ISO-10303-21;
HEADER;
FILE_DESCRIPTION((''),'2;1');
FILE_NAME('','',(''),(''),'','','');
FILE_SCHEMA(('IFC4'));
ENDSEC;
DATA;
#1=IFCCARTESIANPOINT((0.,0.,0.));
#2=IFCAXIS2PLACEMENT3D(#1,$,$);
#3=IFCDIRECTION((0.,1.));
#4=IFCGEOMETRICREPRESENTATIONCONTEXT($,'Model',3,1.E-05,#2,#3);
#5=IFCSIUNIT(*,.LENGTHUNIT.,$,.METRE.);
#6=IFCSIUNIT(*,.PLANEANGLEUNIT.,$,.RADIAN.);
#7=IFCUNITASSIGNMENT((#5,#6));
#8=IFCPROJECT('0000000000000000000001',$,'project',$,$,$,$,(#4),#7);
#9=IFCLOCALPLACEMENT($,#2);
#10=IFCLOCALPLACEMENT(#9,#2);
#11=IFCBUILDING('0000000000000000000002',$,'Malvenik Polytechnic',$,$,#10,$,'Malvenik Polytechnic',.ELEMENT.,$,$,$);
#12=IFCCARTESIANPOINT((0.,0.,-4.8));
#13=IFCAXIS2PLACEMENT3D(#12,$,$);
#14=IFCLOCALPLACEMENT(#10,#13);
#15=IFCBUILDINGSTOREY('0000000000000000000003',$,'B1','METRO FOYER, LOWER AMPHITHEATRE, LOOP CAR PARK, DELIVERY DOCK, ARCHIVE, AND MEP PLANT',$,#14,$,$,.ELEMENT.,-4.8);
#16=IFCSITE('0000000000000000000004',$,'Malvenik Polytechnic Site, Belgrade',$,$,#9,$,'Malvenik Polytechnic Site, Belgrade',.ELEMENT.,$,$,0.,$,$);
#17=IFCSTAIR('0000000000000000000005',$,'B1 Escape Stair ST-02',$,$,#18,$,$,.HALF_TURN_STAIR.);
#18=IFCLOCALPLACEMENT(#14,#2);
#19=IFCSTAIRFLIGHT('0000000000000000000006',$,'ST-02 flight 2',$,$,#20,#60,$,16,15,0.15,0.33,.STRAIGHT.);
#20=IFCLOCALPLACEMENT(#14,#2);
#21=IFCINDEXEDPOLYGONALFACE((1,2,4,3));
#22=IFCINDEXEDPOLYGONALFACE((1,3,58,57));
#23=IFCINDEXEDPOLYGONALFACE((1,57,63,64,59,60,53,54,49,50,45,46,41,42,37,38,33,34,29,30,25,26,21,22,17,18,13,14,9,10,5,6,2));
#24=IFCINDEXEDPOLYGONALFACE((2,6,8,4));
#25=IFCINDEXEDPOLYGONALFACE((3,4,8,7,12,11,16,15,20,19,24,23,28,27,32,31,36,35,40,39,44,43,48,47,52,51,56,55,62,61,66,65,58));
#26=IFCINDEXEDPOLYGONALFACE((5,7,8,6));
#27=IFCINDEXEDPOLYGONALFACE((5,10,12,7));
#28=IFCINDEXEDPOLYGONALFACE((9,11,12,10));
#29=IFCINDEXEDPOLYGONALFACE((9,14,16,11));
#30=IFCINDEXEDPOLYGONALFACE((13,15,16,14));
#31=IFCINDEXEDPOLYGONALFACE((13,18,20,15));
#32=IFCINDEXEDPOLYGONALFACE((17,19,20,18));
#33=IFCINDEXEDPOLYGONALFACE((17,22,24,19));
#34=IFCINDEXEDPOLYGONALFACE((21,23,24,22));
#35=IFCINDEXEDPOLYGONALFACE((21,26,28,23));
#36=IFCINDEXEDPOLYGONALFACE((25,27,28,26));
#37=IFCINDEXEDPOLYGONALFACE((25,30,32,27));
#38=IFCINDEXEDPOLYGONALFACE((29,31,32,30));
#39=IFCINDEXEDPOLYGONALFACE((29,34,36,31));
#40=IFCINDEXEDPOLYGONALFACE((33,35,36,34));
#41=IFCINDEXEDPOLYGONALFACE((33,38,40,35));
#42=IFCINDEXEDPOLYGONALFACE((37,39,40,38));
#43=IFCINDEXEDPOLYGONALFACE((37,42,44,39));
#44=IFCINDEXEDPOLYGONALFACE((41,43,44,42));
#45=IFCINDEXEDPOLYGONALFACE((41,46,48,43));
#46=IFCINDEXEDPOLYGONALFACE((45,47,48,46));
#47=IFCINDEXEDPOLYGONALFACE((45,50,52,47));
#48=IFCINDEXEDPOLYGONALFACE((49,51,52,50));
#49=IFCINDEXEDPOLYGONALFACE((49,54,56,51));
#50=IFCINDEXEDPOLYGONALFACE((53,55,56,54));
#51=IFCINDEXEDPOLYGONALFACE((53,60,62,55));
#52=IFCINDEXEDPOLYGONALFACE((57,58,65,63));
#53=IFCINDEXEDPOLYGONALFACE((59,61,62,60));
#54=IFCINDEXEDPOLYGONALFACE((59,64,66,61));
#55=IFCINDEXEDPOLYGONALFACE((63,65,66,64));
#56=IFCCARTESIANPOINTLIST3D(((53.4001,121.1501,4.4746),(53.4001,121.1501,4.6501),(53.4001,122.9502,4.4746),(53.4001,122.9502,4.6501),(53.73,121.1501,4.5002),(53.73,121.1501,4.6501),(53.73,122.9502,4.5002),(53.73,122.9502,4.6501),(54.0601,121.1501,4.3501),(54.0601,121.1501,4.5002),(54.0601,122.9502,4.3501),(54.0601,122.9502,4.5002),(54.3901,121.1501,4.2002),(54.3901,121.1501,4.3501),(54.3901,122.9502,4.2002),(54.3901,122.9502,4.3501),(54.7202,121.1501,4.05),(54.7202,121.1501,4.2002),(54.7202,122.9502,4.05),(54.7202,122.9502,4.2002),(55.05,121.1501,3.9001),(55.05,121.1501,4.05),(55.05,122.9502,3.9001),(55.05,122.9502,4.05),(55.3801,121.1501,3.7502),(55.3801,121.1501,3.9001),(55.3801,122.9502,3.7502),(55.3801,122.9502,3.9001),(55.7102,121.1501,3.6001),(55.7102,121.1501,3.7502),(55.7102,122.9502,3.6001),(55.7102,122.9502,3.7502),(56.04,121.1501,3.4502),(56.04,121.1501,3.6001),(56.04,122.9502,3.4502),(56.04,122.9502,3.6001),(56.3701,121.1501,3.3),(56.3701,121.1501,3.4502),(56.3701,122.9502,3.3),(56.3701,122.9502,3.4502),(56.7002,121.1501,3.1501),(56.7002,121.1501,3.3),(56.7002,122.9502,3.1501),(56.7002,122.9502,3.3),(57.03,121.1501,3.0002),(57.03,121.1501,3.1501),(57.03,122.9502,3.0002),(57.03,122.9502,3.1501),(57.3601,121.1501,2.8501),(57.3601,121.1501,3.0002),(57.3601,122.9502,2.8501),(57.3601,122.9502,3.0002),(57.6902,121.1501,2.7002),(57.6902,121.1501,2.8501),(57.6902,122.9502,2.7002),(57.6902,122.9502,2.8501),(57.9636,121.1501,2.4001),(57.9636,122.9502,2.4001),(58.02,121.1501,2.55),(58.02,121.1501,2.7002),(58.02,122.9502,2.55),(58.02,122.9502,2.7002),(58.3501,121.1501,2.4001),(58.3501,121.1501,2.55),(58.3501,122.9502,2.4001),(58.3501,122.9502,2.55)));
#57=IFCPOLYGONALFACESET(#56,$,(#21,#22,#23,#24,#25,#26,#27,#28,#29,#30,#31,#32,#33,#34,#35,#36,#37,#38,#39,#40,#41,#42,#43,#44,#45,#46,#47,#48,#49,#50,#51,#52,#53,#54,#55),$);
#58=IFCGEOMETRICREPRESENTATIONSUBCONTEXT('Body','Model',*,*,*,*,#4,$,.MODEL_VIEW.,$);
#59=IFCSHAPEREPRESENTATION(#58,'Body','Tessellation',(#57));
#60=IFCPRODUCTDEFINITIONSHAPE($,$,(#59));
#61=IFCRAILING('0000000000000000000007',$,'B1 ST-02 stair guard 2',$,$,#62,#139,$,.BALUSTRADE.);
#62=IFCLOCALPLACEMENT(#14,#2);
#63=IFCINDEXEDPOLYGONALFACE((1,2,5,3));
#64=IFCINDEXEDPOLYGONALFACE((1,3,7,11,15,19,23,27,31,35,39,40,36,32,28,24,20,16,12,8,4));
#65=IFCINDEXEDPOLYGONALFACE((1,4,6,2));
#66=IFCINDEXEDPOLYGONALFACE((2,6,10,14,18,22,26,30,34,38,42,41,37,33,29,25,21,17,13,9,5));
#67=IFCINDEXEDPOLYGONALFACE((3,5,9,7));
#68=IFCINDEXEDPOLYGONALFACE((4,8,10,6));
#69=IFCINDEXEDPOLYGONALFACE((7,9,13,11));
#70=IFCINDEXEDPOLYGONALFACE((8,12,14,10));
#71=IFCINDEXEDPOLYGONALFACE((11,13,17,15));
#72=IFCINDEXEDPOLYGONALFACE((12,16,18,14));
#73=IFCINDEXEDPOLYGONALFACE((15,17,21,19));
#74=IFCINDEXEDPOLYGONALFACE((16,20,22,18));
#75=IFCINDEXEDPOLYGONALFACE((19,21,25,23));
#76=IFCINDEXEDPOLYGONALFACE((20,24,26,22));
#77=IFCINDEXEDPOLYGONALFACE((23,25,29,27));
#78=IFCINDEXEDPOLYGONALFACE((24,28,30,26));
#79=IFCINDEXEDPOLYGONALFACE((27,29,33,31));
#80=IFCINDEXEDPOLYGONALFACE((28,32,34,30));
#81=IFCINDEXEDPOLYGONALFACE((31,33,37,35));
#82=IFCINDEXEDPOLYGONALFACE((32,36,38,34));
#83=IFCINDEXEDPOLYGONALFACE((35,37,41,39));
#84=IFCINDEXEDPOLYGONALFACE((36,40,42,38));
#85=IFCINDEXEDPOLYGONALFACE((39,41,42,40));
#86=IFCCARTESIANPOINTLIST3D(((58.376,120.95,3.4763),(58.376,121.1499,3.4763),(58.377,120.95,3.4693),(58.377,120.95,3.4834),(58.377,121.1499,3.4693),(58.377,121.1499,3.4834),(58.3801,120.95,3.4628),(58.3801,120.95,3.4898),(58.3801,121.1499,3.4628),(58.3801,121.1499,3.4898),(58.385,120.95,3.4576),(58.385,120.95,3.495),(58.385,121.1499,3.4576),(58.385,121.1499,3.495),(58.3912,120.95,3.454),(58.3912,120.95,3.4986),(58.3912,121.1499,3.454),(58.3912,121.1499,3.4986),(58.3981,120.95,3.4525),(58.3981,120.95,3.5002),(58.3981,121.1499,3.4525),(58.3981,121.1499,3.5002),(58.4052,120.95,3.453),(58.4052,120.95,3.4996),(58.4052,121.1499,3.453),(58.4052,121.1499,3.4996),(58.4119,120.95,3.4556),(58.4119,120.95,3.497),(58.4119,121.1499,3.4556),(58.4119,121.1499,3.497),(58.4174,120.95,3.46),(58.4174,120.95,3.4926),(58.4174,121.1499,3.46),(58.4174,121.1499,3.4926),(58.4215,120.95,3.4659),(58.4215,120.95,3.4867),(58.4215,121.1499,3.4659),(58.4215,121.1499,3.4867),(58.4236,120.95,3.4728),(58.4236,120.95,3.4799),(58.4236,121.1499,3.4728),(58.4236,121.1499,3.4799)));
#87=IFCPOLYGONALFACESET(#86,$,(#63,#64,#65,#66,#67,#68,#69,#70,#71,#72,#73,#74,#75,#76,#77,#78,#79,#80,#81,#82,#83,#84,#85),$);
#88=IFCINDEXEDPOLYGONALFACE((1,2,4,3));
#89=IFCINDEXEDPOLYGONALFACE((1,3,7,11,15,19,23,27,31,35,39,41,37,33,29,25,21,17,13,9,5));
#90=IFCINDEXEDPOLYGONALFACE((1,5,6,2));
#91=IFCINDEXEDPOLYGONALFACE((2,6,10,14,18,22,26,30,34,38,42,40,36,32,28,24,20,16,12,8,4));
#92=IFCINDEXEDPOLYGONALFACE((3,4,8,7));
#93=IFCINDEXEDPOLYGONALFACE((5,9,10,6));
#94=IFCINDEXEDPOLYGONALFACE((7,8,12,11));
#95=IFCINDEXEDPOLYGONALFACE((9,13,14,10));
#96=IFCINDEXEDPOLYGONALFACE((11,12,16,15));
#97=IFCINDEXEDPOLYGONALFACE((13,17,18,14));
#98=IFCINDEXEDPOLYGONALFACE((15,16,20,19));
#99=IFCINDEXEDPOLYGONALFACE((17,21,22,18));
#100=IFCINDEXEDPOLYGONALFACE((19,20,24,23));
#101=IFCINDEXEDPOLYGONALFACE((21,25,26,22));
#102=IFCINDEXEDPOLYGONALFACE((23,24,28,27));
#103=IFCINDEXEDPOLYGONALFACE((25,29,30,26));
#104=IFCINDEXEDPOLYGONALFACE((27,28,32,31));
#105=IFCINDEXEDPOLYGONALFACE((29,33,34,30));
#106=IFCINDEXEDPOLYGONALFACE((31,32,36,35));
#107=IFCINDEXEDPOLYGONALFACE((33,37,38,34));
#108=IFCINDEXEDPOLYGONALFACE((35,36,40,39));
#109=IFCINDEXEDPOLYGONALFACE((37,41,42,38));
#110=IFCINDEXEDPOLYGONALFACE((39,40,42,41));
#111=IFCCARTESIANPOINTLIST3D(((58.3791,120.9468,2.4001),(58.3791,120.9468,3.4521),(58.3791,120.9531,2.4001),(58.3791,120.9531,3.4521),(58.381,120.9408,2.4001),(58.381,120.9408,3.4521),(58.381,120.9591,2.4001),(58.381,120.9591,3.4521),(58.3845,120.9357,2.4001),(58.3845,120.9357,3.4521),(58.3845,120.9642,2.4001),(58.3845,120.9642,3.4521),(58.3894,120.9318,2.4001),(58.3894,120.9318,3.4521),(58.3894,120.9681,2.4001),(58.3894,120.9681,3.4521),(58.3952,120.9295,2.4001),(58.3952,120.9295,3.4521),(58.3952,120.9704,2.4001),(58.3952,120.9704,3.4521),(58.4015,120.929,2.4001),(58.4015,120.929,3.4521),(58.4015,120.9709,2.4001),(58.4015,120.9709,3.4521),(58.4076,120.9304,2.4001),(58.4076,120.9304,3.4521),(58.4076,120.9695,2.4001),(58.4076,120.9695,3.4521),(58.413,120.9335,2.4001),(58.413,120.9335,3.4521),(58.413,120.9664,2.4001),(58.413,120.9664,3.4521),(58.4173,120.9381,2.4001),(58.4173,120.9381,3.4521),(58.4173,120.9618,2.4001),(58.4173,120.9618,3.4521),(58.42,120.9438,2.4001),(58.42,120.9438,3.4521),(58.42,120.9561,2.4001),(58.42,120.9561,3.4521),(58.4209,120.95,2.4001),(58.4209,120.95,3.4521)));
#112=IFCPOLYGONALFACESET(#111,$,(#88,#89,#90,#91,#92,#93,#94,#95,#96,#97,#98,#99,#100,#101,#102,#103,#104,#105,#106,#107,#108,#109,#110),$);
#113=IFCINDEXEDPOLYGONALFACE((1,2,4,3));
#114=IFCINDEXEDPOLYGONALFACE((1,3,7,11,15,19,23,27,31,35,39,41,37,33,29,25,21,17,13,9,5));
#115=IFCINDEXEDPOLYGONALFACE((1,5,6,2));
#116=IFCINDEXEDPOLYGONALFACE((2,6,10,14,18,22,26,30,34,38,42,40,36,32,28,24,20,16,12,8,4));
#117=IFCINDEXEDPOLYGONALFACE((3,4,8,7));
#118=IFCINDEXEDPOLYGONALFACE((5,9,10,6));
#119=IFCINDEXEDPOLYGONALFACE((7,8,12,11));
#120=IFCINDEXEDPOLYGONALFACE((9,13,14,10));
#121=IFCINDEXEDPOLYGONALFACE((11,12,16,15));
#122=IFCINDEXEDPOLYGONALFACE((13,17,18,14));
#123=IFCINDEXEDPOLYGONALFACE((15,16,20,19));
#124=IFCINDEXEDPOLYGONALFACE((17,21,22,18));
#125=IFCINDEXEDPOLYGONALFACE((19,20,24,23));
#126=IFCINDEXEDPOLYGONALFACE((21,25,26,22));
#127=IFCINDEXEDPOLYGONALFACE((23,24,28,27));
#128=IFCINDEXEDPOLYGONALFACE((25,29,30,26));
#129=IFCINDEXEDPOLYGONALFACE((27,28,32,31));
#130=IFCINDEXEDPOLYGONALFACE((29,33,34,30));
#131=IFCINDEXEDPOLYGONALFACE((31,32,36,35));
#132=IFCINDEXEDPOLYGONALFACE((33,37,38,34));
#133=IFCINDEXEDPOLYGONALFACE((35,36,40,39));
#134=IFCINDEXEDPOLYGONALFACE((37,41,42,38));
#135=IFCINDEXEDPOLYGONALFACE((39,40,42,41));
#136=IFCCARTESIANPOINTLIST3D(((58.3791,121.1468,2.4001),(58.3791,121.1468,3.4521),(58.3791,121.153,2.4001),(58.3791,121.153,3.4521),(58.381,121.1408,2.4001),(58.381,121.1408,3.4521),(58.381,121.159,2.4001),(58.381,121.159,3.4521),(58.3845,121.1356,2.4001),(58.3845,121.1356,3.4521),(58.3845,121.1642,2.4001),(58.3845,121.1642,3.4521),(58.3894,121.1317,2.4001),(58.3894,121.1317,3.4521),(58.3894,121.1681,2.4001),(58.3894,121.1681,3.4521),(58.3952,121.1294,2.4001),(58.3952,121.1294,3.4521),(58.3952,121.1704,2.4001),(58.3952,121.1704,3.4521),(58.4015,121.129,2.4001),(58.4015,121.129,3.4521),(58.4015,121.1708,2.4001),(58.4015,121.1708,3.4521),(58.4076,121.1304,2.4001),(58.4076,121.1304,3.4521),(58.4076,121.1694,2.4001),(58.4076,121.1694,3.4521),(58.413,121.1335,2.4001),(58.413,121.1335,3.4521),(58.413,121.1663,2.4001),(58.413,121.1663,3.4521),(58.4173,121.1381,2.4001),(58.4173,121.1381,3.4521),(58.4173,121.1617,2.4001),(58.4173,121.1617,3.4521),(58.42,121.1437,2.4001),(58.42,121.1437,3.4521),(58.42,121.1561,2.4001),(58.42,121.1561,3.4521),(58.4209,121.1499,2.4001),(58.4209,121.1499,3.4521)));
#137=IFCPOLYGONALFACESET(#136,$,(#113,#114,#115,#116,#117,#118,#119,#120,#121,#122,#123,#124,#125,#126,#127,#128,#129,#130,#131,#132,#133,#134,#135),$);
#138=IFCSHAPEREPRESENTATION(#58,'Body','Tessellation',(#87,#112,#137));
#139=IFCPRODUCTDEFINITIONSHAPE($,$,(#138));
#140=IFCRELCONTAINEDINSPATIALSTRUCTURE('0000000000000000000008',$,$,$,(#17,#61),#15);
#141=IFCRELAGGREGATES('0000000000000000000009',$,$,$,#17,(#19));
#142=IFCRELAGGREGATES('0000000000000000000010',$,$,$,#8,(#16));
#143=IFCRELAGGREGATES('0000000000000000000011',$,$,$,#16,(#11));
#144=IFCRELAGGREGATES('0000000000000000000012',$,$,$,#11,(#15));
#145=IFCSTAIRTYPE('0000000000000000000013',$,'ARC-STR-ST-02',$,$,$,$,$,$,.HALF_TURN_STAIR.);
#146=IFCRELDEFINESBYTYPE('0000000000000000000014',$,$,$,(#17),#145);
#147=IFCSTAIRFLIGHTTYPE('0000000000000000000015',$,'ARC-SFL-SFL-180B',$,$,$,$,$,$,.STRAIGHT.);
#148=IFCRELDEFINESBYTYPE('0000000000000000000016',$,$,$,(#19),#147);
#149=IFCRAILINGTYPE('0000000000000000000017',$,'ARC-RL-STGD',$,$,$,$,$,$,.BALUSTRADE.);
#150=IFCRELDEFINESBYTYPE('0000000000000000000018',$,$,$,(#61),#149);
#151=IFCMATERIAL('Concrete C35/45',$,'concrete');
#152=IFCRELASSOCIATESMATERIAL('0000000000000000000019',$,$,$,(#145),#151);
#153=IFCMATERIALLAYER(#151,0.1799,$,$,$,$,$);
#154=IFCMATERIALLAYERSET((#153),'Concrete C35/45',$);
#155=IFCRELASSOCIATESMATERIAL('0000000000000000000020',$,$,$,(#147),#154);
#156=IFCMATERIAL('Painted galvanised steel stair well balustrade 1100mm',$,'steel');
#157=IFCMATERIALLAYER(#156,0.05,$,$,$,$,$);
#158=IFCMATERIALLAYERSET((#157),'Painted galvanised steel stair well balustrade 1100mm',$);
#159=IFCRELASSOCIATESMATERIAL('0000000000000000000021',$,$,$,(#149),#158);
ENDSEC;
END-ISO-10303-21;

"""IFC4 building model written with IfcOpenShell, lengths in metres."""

from ifc_helpers import new_model, si_unit, direction, frame, origin, origin_2d, place, context, subcontext, project, spatial, polyline, circle, outline, extrude, material, layer, layer_set, type_object, element, aggregate, save


model = new_model("IFC4")

# Units and contexts
model_context = context("Model", 3, precision=1e-05, world=origin(), true_north=direction((0.0, 1.0)))
body_context = subcontext(model_context, "Body", "Model", "MODEL_VIEW")
ifc_project = project(units=[si_unit("LENGTHUNIT", "METRE"), si_unit("PLANEANGLEUNIT", "RADIAN")], contexts=[model_context])

# Site, building, storey
site_placement = place(None, origin())
site = spatial("IfcSite", under=ifc_project, at=site_placement, Name="Malvenik Polytechnic Site, Belgrade", LongName="Malvenik Polytechnic Site, Belgrade", CompositionType="ELEMENT", RefElevation=0.0)
building_placement = place(site_placement, origin())
building = spatial("IfcBuilding", under=site, at=building_placement, Name="Malvenik Polytechnic", LongName="Malvenik Polytechnic", CompositionType="ELEMENT")
storey_placement = place(building_placement, frame((0.0, 0.0, -4.8)))
storey = spatial("IfcBuildingStorey", under=building, at=storey_placement, Name="B1", Description="METRO FOYER, LOWER AMPHITHEATRE, LOOP CAR PARK, DELIVERY DOCK, ARCHIVE, AND MEP PLANT", CompositionType="ELEMENT", Elevation=-4.8)

# Shared definitions
ifc_material_1 = material(Name="Concrete C35/45", Category="concrete")

# Stair, stair flight
stair_type = type_object("IfcStairType", Name="ARC-STR-ST-02", PredefinedType="HALF_TURN_STAIR", material=ifc_material_1)
stair_placement = place(storey_placement, origin())
stair = element("IfcStair", 1, at=stair_placement, inside=storey, type_object=stair_type, Name="B1 Escape Stair ST-02", PredefinedType="HALF_TURN_STAIR")
ifc_layer_1 = layer(ifc_material_1, 0.1799)
ifc_layer_set_1 = layer_set([ifc_layer_1], Name="Concrete C35/45")
stair_flight_type = type_object("IfcStairFlightType", Name="ARC-SFL-SFL-180B", PredefinedType="STRAIGHT", material=ifc_layer_set_1)
stair_flight_placement = place(storey_placement, frame((58.3501, 122.05, 2.4001), z_axis=(0.0, 0.0, 1.0), x_axis=(-1.0, 0.0, 0.0)))
stair_flight = element("IfcStairFlight", 2, at=stair_flight_placement, type_object=stair_flight_type, Name="ST-02 flight 2", NumberOfRisers=16, NumberOfTreads=15, PredefinedType="STRAIGHT", RiserHeight=0.15, TreadLength=0.33, context=body_context, shape_type="SweptSolid", body=[
    extrude(outline(polyline([(0.0, 0.0), (0.0, 0.1499), (0.3301, 0.1499), (0.3301, 0.3), (0.6599, 0.3), (0.6599, 0.45), (0.99, 0.45), (0.99, 0.6001), (1.3201, 0.6001), (1.3201, 0.75), (1.6499, 0.75), (1.6499, 0.8999), (1.98, 0.8999), (1.98, 1.05), (2.3101, 1.05), (2.3101, 1.2), (2.6399, 1.2), (2.6399, 1.3501), (2.97, 1.3501), (2.97, 1.5), (3.3, 1.5), (3.3, 1.6499), (3.6299, 1.6499), (3.6299, 1.8), (3.96, 1.8), (3.96, 1.95), (4.29, 1.95), (4.29, 2.1001), (4.6201, 2.1001), (4.6201, 2.25), (4.95, 2.25), (4.95, 2.3999), (4.95, 2.0745), (0.3865, 0.0), (0.0, 0.0)])), frame((0.0, 0.8999, 0.0), z_axis=(0.0, -1.0, 0.0), x_axis=(1.0, 0.0, 0.0)), (0.0, 0.0, 1.0), 1.8),
])
aggregate(stair, [stair_flight])

# Railing
ifc_material_2 = material(Name="Painted galvanised steel stair well balustrade 1100mm", Category="steel")
ifc_layer_2 = layer(ifc_material_2, 0.05)
ifc_layer_set_2 = layer_set([ifc_layer_2], Name="Painted galvanised steel stair well balustrade 1100mm")
railing_type_1 = type_object("IfcRailingType", Name="ARC-RL-STGD", PredefinedType="BALUSTRADE", material=ifc_layer_set_2)
railing_1_placement = place(storey_placement, frame((58.3999, 120.95, 2.4001)))
element("IfcRailing", 3, at=railing_1_placement, inside=storey, type_object=railing_type_1, Name="B1 ST-02 stair guard 2", PredefinedType="BALUSTRADE", context=body_context, shape_type="SweptSolid", body=[
    extrude(circle(Radius=0.0239, at=origin_2d()), frame((0.0, 0.0, 1.0762), z_axis=(0.0, 1.0, 0.0), x_axis=(-1.0, 0.0, 0.0)), (0.0, 0.0, 1.0), 0.2),
    extrude(circle(Radius=0.021, at=origin_2d()), origin(), (0.0, 0.0, 1.0), 1.052),
    extrude(circle(Radius=0.021, at=origin_2d()), frame((0.0, 0.2, 0.0)), (0.0, 0.0, 1.0), 1.052),
])

save(model, "model.ifc")
